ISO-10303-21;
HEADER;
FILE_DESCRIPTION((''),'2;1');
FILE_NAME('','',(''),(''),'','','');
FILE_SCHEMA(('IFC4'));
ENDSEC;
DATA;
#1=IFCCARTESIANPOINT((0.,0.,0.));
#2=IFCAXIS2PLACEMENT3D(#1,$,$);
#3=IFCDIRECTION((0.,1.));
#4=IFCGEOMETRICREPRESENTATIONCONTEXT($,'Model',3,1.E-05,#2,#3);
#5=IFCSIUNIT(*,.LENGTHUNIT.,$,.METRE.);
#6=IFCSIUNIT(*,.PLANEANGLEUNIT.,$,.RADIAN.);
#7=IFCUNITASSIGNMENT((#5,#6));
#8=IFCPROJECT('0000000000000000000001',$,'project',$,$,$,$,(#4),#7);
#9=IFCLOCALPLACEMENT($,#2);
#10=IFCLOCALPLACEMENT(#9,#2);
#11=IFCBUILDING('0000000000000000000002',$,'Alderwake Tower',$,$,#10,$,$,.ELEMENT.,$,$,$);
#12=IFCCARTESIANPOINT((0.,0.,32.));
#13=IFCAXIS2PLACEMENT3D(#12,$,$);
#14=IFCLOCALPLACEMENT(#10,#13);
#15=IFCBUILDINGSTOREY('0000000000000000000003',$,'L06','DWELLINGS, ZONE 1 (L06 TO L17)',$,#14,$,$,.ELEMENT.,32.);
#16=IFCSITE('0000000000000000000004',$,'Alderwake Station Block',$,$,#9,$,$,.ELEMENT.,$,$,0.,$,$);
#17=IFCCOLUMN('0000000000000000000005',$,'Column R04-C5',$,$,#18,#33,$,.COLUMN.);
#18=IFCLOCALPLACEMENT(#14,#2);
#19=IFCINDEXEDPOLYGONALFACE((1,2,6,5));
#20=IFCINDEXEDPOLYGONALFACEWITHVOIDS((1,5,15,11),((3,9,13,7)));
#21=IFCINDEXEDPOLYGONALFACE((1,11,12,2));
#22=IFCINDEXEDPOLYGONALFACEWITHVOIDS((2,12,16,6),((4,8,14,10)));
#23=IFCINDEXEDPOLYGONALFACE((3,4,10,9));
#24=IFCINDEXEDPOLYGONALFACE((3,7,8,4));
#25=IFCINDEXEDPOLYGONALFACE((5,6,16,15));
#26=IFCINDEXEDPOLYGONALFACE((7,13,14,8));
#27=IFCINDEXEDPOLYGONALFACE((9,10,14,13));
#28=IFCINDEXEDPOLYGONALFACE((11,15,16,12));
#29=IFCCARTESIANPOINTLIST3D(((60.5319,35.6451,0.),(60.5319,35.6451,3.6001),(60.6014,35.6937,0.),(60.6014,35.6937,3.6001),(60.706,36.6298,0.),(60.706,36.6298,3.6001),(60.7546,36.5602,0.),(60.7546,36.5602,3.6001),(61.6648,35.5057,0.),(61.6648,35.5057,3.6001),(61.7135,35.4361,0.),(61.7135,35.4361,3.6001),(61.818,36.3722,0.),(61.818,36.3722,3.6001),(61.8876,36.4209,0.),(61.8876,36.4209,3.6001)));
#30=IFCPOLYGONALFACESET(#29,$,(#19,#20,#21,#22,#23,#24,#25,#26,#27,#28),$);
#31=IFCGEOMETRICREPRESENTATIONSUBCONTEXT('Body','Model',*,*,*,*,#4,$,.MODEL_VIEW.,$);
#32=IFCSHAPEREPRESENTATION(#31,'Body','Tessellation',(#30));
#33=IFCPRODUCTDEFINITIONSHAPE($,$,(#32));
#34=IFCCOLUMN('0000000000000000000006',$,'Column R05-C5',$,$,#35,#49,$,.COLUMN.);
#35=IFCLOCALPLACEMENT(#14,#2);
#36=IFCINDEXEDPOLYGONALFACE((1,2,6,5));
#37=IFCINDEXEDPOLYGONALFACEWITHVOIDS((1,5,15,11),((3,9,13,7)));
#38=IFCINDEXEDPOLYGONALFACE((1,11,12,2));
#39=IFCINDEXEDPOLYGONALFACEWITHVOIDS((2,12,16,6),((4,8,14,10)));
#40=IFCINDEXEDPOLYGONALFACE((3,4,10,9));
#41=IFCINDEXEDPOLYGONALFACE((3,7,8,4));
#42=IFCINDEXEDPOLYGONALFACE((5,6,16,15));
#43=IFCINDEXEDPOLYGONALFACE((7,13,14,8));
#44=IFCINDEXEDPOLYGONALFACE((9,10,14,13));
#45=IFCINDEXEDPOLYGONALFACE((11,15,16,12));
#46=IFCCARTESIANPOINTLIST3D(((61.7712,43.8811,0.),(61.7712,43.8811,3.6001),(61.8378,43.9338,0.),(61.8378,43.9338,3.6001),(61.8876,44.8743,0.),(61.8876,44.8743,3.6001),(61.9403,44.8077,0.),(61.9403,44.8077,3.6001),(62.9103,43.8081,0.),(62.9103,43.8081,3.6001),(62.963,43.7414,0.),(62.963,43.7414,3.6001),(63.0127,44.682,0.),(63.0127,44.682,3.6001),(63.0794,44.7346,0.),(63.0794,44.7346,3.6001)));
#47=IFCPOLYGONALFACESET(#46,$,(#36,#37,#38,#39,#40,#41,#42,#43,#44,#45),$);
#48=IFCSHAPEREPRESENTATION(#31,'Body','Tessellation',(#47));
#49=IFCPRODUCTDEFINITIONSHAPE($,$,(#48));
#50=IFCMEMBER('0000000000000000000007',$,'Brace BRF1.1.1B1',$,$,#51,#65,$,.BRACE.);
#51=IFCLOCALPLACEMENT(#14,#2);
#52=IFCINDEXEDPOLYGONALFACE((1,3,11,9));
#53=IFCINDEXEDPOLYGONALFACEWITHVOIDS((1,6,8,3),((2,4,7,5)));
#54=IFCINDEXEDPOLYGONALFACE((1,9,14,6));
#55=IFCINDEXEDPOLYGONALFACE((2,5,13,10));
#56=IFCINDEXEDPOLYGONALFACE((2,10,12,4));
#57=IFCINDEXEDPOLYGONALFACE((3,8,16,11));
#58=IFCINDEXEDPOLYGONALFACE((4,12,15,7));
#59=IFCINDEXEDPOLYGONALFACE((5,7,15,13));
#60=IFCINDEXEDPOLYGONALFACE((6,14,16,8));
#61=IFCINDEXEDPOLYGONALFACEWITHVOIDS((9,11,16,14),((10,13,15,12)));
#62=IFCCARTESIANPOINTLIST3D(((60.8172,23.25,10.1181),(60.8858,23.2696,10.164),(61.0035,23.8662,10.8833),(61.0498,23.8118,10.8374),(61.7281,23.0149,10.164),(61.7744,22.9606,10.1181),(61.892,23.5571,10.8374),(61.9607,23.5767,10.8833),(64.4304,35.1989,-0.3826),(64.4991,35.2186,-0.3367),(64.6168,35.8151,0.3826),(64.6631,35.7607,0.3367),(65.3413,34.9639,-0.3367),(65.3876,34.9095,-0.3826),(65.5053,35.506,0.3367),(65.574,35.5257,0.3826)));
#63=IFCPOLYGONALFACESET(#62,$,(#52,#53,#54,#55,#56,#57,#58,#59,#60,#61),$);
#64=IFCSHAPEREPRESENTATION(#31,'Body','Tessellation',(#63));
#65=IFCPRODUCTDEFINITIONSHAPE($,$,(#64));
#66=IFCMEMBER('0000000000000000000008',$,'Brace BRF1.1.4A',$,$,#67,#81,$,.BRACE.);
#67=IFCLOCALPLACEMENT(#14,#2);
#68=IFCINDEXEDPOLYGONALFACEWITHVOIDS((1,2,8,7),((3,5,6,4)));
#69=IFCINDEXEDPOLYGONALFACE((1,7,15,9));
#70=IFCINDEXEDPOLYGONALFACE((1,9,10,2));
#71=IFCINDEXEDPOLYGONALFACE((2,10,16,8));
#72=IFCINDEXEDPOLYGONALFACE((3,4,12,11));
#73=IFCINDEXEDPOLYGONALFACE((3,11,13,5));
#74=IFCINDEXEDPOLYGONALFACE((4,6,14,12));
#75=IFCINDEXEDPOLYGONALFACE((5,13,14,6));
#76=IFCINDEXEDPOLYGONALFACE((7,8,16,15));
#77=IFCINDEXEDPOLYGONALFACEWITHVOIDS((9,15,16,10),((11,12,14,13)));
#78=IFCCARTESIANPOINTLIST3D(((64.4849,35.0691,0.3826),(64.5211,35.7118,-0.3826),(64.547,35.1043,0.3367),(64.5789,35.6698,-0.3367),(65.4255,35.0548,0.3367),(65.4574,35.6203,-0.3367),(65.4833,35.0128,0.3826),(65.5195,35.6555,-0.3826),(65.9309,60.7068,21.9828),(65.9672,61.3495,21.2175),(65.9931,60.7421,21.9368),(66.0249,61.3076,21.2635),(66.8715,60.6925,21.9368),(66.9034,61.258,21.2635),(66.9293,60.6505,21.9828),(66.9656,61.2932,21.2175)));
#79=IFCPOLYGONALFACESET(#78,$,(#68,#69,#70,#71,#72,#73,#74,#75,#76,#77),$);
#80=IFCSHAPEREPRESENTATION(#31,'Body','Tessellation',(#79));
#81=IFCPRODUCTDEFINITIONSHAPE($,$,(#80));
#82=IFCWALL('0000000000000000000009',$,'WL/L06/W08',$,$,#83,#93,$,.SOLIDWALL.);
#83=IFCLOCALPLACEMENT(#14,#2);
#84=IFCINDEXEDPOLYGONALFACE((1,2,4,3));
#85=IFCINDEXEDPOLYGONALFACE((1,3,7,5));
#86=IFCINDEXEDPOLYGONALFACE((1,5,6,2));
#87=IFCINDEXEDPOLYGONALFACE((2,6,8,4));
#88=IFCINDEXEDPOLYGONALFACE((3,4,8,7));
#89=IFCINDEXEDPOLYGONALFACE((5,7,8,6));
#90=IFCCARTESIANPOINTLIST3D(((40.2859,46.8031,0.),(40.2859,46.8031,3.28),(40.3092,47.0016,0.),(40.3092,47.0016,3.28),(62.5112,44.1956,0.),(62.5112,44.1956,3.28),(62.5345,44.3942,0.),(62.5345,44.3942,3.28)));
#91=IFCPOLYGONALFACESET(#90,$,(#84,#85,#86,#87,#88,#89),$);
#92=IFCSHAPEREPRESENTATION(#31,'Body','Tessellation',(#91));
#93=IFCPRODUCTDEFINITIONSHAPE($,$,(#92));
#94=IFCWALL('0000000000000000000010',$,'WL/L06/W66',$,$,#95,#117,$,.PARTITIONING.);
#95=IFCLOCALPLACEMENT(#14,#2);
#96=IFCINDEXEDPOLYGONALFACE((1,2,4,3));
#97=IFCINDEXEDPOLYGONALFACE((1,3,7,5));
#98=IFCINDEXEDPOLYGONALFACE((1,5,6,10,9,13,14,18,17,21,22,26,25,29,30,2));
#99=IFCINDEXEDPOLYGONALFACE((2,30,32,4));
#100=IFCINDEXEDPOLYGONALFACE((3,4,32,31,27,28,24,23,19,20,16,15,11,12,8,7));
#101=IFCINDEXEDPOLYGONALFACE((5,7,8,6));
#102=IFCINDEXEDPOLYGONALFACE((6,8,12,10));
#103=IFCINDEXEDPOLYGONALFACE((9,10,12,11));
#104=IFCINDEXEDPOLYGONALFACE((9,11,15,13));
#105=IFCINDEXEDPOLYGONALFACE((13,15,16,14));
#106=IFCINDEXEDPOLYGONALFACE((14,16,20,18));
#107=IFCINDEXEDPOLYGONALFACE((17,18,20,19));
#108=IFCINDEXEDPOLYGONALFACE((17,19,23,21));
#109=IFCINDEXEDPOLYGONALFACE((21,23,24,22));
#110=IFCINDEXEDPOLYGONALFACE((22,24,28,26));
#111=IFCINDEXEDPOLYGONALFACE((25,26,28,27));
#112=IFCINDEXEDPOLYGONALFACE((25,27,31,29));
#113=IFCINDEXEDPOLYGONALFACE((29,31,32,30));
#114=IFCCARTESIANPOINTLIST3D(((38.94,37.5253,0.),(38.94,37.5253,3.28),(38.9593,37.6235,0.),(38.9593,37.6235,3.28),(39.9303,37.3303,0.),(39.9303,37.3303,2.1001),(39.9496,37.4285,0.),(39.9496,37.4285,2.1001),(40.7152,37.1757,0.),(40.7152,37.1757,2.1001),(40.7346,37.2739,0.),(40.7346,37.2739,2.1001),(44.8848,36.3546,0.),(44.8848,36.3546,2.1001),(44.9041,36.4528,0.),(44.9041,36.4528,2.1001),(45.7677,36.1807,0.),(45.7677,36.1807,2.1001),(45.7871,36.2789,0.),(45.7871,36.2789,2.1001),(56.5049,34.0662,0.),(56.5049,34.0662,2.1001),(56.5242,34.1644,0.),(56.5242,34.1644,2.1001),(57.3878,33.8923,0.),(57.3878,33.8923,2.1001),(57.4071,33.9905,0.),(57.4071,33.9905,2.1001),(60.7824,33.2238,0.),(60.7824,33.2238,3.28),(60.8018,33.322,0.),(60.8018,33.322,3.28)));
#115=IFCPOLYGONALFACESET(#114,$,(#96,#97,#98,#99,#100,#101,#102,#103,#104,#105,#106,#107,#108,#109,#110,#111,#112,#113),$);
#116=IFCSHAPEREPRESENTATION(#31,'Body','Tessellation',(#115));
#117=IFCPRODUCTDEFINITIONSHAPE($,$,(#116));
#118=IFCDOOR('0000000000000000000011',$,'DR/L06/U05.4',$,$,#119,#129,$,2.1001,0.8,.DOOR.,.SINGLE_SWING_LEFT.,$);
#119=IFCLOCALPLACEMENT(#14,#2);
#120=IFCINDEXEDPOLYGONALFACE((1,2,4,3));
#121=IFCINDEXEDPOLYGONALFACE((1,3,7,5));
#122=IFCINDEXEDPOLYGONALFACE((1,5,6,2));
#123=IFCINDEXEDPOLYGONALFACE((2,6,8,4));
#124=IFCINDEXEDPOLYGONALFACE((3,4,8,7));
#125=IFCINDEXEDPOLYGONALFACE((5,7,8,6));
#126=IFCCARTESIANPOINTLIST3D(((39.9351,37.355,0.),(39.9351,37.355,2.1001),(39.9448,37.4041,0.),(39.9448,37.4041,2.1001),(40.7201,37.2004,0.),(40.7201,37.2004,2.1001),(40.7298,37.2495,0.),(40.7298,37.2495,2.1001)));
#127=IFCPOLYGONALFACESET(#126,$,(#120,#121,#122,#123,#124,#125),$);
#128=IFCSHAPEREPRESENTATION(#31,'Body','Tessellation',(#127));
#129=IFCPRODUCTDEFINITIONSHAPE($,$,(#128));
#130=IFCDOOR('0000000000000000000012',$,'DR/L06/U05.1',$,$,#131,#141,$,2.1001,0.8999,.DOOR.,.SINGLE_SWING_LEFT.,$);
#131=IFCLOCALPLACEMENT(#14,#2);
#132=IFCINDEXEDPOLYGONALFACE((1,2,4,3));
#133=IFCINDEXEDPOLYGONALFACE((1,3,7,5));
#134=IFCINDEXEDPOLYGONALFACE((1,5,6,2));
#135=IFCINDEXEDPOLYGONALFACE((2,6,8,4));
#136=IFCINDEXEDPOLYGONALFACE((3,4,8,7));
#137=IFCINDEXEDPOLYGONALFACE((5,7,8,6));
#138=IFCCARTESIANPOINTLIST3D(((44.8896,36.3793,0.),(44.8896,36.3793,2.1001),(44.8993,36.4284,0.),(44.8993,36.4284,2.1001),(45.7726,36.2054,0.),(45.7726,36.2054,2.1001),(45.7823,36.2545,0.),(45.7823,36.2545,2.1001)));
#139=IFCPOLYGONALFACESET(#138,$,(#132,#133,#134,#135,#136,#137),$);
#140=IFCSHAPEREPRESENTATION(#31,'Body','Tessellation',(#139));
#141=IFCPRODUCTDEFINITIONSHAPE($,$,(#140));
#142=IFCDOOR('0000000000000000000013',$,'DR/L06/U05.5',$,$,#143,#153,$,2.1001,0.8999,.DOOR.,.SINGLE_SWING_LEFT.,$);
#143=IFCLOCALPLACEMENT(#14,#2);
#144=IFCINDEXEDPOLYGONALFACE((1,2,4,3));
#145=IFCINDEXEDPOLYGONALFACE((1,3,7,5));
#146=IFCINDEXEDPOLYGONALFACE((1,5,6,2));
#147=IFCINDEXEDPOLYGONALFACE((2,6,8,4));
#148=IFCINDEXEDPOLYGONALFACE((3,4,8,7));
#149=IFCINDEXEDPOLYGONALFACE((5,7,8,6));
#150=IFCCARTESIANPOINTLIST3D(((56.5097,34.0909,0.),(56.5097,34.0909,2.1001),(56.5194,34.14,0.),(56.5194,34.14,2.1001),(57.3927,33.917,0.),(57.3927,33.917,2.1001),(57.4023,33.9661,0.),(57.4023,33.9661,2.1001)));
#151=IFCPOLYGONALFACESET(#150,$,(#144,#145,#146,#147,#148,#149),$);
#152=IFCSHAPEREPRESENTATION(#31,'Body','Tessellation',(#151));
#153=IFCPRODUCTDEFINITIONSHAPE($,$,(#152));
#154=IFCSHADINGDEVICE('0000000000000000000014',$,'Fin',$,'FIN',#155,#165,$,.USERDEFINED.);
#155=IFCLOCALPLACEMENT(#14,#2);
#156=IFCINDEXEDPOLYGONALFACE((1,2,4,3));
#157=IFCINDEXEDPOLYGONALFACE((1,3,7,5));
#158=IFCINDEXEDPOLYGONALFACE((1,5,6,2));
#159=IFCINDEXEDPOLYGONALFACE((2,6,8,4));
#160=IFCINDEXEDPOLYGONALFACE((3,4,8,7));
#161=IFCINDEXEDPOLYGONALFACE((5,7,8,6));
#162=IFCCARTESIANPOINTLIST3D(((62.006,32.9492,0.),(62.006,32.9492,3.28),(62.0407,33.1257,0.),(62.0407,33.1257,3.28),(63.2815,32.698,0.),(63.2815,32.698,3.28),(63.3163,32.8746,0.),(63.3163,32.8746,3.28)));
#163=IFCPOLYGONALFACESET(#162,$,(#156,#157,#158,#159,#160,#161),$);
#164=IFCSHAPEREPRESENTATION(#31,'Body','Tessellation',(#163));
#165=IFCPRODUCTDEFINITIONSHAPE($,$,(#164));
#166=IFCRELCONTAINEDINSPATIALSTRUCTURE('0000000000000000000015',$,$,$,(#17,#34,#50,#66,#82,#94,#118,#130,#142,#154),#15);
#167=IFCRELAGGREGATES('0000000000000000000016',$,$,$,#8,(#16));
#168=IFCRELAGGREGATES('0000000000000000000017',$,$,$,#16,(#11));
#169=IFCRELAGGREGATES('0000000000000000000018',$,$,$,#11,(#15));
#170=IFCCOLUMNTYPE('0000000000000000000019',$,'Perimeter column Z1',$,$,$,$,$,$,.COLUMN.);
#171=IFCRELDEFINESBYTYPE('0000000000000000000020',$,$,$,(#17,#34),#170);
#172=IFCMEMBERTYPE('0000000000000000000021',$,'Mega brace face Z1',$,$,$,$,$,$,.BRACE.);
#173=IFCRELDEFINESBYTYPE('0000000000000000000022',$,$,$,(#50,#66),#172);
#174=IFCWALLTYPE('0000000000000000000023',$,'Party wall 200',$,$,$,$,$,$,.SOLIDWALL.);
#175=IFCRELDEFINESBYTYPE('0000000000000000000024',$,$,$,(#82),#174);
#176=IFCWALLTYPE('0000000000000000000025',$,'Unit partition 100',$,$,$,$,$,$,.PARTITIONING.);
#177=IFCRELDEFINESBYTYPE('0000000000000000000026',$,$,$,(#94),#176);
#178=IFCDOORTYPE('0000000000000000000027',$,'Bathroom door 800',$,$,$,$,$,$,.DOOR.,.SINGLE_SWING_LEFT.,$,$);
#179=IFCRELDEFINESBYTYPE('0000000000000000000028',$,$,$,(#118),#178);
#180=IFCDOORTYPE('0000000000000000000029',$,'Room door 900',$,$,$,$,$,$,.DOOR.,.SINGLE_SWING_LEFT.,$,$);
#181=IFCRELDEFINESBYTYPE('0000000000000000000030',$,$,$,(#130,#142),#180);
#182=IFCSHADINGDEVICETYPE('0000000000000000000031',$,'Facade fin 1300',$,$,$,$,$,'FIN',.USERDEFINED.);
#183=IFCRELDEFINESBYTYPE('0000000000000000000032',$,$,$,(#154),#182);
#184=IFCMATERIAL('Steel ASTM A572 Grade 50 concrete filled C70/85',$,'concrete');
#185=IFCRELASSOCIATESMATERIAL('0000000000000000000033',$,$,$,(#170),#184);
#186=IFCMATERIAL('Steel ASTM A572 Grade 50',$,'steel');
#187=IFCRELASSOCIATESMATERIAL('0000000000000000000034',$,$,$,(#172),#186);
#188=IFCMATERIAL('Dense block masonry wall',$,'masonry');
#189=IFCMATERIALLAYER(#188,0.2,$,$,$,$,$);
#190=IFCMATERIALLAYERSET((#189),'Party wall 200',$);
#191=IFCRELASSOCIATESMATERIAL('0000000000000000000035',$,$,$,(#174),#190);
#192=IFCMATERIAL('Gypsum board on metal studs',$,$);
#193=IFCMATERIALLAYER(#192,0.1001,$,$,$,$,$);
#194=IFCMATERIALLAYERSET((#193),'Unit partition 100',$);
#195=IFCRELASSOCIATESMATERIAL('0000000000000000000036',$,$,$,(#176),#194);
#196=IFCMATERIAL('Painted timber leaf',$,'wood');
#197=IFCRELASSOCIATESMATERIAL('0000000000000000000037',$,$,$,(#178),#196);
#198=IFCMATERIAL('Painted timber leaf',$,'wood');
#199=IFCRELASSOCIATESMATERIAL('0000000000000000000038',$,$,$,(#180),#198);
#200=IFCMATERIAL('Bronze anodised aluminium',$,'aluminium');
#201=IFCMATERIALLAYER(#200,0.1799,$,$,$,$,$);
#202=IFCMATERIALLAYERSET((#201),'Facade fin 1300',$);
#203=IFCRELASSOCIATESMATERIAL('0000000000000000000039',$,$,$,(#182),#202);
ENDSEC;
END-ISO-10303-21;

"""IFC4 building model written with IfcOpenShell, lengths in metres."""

from ifc_helpers import new_model, si_unit, direction, frame, frame_2d, origin, origin_2d, place, context, subcontext, project, spatial, rectangle, hollow_rectangle, extrude, material, layer, layer_set, material_profile, profile_set, type_object, element, fill, save


model = new_model("IFC4")

# Units and contexts
model_context = context("Model", 3, precision=1e-05, world=origin(), true_north=direction((0.0, 1.0)))
body_context = subcontext(model_context, "Body", "Model", "MODEL_VIEW")
ifc_project = project(units=[si_unit("LENGTHUNIT", "METRE"), si_unit("PLANEANGLEUNIT", "RADIAN")], contexts=[model_context])

# Site, building, storey
site_placement = place(None, origin())
site = spatial("IfcSite", under=ifc_project, at=site_placement, Name="Alderwake Station Block", CompositionType="ELEMENT", RefElevation=0.0)
building_placement = place(site_placement, origin())
building = spatial("IfcBuilding", under=site, at=building_placement, Name="Alderwake Tower", CompositionType="ELEMENT")
storey_placement = place(building_placement, frame((0.0, 0.0, 32.0)))
storey = spatial("IfcBuildingStorey", under=building, at=storey_placement, Name="L06", Description="DWELLINGS, ZONE 1 (L06 TO L17)", CompositionType="ELEMENT", Elevation=32.0)

# Columns
ifc_material_1 = material(Name="Steel ASTM A572 Grade 50 concrete filled C70/85", Category="concrete")
ifc_material_profile_1 = material_profile(ifc_material_1, hollow_rectangle(XDim=1.0, YDim=1.2, WallThickness=0.0601, at=origin_2d()), Name="BOX 1200X1000X60")
ifc_profile_set_1 = profile_set([ifc_material_profile_1], Name="Steel ASTM A572 Grade 50 concrete filled C70/85")
column_type = type_object("IfcColumnType", Name="Perimeter column Z1", PredefinedType="COLUMN", material=ifc_profile_set_1)
for number, where, z_axis, x_axis, name in (
    (1, (61.2097, 36.033, 0.0), (0.0, 0.0, 1.0), (0.174109, 0.984726, 0.0), "Column R04-C5"),
    (2, (62.4253, 44.3079, 0.0), (0.0, 0.0, 1.0), (0.116402, 0.993202, 0.0), "Column R05-C5"),
):
    element("IfcColumn", number, at=place(storey_placement, frame(where, z_axis=z_axis, x_axis=x_axis)), inside=storey, type_object=column_type, Name=name, PredefinedType="COLUMN", context=body_context, shape_type="SweptSolid", body=[
        extrude(hollow_rectangle(XDim=1.0, YDim=1.2, WallThickness=0.0601, at=origin_2d()), origin(), (0.0, 0.0, 1.0), 3.6001),
    ])

# Members
ifc_material_2 = material(Name="Steel ASTM A572 Grade 50", Category="steel")
ifc_material_profile_2 = material_profile(ifc_material_2, hollow_rectangle(XDim=1.0, YDim=1.0, WallThickness=0.0601, at=origin_2d()), Name="BOX 1000X1000X60")
ifc_profile_set_2 = profile_set([ifc_material_profile_2], Name="Steel ASTM A572 Grade 50")
member_type = type_object("IfcMemberType", Name="Mega brace face Z1", PredefinedType="BRACE", material=ifc_profile_set_2)
member_1_placement = place(storey_placement, frame((65.0022, 35.3623, 0.0), z_axis=(-0.221503, -0.732502, 0.643721), x_axis=(0.957194, -0.289448, 0.0)))
element("IfcMember", 3, at=member_1_placement, inside=storey, type_object=member_type, Name="Brace BRF1.1.1B1", PredefinedType="BRACE", context=body_context, shape_type="SweptSolid", body=[
    extrude(hollow_rectangle(XDim=1.0, YDim=1.0, WallThickness=0.0601, at=origin_2d()), origin(), (0.0, 0.0, 1.0), 16.3125),
])
member_2_placement = place(storey_placement, frame((65.0022, 35.3623, 0.0), z_axis=(0.043095, 0.764047, 0.64372), x_axis=(-0.998413, 0.056314, 0.0)))
element("IfcMember", 4, at=member_2_placement, inside=storey, type_object=member_type, Name="Brace BRF1.1.4A", PredefinedType="BRACE", context=body_context, shape_type="SweptSolid", body=[
    extrude(hollow_rectangle(XDim=1.0, YDim=1.0, WallThickness=0.0601, at=origin_2d()), origin(), (0.0, 0.0, 1.0), 33.5552),
])

# Wall
ifc_material_3 = material(Name="Dense block masonry wall", Category="masonry")
ifc_layer_1 = layer(ifc_material_3, 0.2)
ifc_layer_set_1 = layer_set([ifc_layer_1], Name="Party wall 200")
wall_type_1 = type_object("IfcWallType", Name="Party wall 200", PredefinedType="SOLIDWALL", material=ifc_layer_set_1)
wall_1_placement = place(storey_placement, frame((62.5229, 44.2949, 0.0), z_axis=(0.0, 0.0, 1.0), x_axis=(-0.993189, 0.116518, 0.0)))
element("IfcWall", 5, at=wall_1_placement, inside=storey, type_object=wall_type_1, Name="WL/L06/W08", PredefinedType="SOLIDWALL", context=body_context, shape_type="SweptSolid", body=[
    extrude(rectangle(XDim=22.3777, YDim=0.2, at=frame_2d((11.189, 0.0))), origin(), (0.0, 0.0, 1.0), 3.28),
])

# Wall, openings, doors
ifc_material_4 = material(Name="Gypsum board on metal studs")
ifc_layer_2 = layer(ifc_material_4, 0.1001)
ifc_layer_set_2 = layer_set([ifc_layer_2], Name="Unit partition 100")
wall_type_2 = type_object("IfcWallType", Name="Unit partition 100", PredefinedType="PARTITIONING", material=ifc_layer_set_2)
wall_2_placement = place(storey_placement, frame((60.792, 33.2729, 0.0), z_axis=(0.0, 0.0, 1.0), x_axis=(-0.981155, 0.193222, 0.0)))
wall_2 = element("IfcWall", 6, at=wall_2_placement, inside=storey, type_object=wall_type_2, Name="WL/L06/W66", PredefinedType="PARTITIONING", context=body_context, shape_type="SweptSolid", body=[
    extrude(rectangle(XDim=22.262, YDim=0.1001, at=frame_2d((11.1309, 0.0))), origin(), (0.0, 0.0, 1.0), 3.28),
])
opening_1_placement = place(wall_2_placement, frame((15.303, 0.0, 0.0)))
opening_1 = element("IfcOpeningElement", 7, at=opening_1_placement, cuts=wall_2, PredefinedType="OPENING", context=body_context, shape_type="SweptSolid", body=[
    extrude(rectangle(XDim=0.8999, YDim=2.1001, at=frame_2d((0.45, 1.05))), frame((0.0, 0.0601, 0.0), z_axis=(0.0, -1.0, 0.0), x_axis=(1.0, 0.0, 0.0)), (0.0, 0.0, 1.0), 0.1201),
])
opening_2_placement = place(wall_2_placement, frame((20.4526, 0.0, 0.0)))
opening_2 = element("IfcOpeningElement", 8, at=opening_2_placement, cuts=wall_2, PredefinedType="OPENING", context=body_context, shape_type="SweptSolid", body=[
    extrude(rectangle(XDim=0.8, YDim=2.1001, at=frame_2d((0.3999, 1.05))), frame((0.0, 0.0601, 0.0), z_axis=(0.0, -1.0, 0.0), x_axis=(1.0, 0.0, 0.0)), (0.0, 0.0, 1.0), 0.1201),
])
opening_3_placement = place(wall_2_placement, frame((3.4597, 0.0, 0.0)))
opening_3 = element("IfcOpeningElement", 9, at=opening_3_placement, cuts=wall_2, PredefinedType="OPENING", context=body_context, shape_type="SweptSolid", body=[
    extrude(rectangle(XDim=0.8999, YDim=2.1001, at=frame_2d((0.45, 1.05))), frame((0.0, 0.0601, 0.0), z_axis=(0.0, -1.0, 0.0), x_axis=(1.0, 0.0, 0.0)), (0.0, 0.0, 1.0), 0.1201),
])
ifc_material_5 = material(Name="Painted timber leaf", Category="wood")
door_type_1 = type_object("IfcDoorType", Name="Bathroom door 800", OperationType="SINGLE_SWING_LEFT", PredefinedType="DOOR", material=ifc_material_5)
door_1_placement = place(opening_2_placement, origin())
door_1 = element("IfcDoor", 10, at=door_1_placement, inside=storey, type_object=door_type_1, Name="DR/L06/U05.4", OperationType="SINGLE_SWING_LEFT", OverallHeight=2.1001, OverallWidth=0.8, PredefinedType="DOOR", context=body_context, shape_type="SweptSolid", body=[
    extrude(rectangle(XDim=0.8, YDim=2.1001, at=frame_2d((0.3999, 1.05))), frame((0.0, 0.0249, 0.0), z_axis=(0.0, -1.0, 0.0), x_axis=(1.0, 0.0, 0.0)), (0.0, 0.0, 1.0), 0.05),
])
fill(opening_2, door_1)
ifc_material_6 = material(Name="Painted timber leaf", Category="wood")
door_type_2 = type_object("IfcDoorType", Name="Room door 900", OperationType="SINGLE_SWING_LEFT", PredefinedType="DOOR", material=ifc_material_6)
door_2_placement = place(opening_1_placement, origin())
door_2 = element("IfcDoor", 11, at=door_2_placement, inside=storey, type_object=door_type_2, Name="DR/L06/U05.1", OperationType="SINGLE_SWING_LEFT", OverallHeight=2.1001, OverallWidth=0.8999, PredefinedType="DOOR", context=body_context, shape_type="SweptSolid", body=[
    extrude(rectangle(XDim=0.8999, YDim=2.1001, at=frame_2d((0.45, 1.05))), frame((0.0, 0.0249, 0.0), z_axis=(0.0, -1.0, 0.0), x_axis=(1.0, 0.0, 0.0)), (0.0, 0.0, 1.0), 0.05),
])
fill(opening_1, door_2)
door_3_placement = place(opening_3_placement, origin())
door_3 = element("IfcDoor", 12, at=door_3_placement, inside=storey, type_object=door_type_2, Name="DR/L06/U05.5", OperationType="SINGLE_SWING_LEFT", OverallHeight=2.1001, OverallWidth=0.8999, PredefinedType="DOOR", context=body_context, shape_type="SweptSolid", body=[
    extrude(rectangle(XDim=0.8999, YDim=2.1001, at=frame_2d((0.45, 1.05))), frame((0.0, 0.0249, 0.0), z_axis=(0.0, -1.0, 0.0), x_axis=(1.0, 0.0, 0.0)), (0.0, 0.0, 1.0), 0.05),
])
fill(opening_3, door_3)

# Shading device
ifc_material_7 = material(Name="Bronze anodised aluminium", Category="aluminium")
ifc_layer_3 = layer(ifc_material_7, 0.1799)
ifc_layer_set_3 = layer_set([ifc_layer_3], Name="Facade fin 1300")
shading_device_type_1 = type_object("IfcShadingDeviceType", Name="Facade fin 1300", ElementType="FIN", PredefinedType="USERDEFINED", material=ifc_layer_set_3)
for number, where, z_axis, x_axis, name in (
    (13, (62.6611, 32.9119, 0.0), (0.0, 0.0, 1.0), (0.981164, -0.193178, 0.0), "Fin"),
):
    element("IfcShadingDevice", number, at=place(storey_placement, frame(where, z_axis=z_axis, x_axis=x_axis)), inside=storey, type_object=shading_device_type_1, Name=name, ObjectType="FIN", PredefinedType="USERDEFINED", context=body_context, shape_type="SweptSolid", body=[
        extrude(rectangle(XDim=1.3, YDim=0.1799, at=origin_2d()), origin(), (0.0, 0.0, 1.0), 3.28),
    ])

save(model, "model.ifc")
